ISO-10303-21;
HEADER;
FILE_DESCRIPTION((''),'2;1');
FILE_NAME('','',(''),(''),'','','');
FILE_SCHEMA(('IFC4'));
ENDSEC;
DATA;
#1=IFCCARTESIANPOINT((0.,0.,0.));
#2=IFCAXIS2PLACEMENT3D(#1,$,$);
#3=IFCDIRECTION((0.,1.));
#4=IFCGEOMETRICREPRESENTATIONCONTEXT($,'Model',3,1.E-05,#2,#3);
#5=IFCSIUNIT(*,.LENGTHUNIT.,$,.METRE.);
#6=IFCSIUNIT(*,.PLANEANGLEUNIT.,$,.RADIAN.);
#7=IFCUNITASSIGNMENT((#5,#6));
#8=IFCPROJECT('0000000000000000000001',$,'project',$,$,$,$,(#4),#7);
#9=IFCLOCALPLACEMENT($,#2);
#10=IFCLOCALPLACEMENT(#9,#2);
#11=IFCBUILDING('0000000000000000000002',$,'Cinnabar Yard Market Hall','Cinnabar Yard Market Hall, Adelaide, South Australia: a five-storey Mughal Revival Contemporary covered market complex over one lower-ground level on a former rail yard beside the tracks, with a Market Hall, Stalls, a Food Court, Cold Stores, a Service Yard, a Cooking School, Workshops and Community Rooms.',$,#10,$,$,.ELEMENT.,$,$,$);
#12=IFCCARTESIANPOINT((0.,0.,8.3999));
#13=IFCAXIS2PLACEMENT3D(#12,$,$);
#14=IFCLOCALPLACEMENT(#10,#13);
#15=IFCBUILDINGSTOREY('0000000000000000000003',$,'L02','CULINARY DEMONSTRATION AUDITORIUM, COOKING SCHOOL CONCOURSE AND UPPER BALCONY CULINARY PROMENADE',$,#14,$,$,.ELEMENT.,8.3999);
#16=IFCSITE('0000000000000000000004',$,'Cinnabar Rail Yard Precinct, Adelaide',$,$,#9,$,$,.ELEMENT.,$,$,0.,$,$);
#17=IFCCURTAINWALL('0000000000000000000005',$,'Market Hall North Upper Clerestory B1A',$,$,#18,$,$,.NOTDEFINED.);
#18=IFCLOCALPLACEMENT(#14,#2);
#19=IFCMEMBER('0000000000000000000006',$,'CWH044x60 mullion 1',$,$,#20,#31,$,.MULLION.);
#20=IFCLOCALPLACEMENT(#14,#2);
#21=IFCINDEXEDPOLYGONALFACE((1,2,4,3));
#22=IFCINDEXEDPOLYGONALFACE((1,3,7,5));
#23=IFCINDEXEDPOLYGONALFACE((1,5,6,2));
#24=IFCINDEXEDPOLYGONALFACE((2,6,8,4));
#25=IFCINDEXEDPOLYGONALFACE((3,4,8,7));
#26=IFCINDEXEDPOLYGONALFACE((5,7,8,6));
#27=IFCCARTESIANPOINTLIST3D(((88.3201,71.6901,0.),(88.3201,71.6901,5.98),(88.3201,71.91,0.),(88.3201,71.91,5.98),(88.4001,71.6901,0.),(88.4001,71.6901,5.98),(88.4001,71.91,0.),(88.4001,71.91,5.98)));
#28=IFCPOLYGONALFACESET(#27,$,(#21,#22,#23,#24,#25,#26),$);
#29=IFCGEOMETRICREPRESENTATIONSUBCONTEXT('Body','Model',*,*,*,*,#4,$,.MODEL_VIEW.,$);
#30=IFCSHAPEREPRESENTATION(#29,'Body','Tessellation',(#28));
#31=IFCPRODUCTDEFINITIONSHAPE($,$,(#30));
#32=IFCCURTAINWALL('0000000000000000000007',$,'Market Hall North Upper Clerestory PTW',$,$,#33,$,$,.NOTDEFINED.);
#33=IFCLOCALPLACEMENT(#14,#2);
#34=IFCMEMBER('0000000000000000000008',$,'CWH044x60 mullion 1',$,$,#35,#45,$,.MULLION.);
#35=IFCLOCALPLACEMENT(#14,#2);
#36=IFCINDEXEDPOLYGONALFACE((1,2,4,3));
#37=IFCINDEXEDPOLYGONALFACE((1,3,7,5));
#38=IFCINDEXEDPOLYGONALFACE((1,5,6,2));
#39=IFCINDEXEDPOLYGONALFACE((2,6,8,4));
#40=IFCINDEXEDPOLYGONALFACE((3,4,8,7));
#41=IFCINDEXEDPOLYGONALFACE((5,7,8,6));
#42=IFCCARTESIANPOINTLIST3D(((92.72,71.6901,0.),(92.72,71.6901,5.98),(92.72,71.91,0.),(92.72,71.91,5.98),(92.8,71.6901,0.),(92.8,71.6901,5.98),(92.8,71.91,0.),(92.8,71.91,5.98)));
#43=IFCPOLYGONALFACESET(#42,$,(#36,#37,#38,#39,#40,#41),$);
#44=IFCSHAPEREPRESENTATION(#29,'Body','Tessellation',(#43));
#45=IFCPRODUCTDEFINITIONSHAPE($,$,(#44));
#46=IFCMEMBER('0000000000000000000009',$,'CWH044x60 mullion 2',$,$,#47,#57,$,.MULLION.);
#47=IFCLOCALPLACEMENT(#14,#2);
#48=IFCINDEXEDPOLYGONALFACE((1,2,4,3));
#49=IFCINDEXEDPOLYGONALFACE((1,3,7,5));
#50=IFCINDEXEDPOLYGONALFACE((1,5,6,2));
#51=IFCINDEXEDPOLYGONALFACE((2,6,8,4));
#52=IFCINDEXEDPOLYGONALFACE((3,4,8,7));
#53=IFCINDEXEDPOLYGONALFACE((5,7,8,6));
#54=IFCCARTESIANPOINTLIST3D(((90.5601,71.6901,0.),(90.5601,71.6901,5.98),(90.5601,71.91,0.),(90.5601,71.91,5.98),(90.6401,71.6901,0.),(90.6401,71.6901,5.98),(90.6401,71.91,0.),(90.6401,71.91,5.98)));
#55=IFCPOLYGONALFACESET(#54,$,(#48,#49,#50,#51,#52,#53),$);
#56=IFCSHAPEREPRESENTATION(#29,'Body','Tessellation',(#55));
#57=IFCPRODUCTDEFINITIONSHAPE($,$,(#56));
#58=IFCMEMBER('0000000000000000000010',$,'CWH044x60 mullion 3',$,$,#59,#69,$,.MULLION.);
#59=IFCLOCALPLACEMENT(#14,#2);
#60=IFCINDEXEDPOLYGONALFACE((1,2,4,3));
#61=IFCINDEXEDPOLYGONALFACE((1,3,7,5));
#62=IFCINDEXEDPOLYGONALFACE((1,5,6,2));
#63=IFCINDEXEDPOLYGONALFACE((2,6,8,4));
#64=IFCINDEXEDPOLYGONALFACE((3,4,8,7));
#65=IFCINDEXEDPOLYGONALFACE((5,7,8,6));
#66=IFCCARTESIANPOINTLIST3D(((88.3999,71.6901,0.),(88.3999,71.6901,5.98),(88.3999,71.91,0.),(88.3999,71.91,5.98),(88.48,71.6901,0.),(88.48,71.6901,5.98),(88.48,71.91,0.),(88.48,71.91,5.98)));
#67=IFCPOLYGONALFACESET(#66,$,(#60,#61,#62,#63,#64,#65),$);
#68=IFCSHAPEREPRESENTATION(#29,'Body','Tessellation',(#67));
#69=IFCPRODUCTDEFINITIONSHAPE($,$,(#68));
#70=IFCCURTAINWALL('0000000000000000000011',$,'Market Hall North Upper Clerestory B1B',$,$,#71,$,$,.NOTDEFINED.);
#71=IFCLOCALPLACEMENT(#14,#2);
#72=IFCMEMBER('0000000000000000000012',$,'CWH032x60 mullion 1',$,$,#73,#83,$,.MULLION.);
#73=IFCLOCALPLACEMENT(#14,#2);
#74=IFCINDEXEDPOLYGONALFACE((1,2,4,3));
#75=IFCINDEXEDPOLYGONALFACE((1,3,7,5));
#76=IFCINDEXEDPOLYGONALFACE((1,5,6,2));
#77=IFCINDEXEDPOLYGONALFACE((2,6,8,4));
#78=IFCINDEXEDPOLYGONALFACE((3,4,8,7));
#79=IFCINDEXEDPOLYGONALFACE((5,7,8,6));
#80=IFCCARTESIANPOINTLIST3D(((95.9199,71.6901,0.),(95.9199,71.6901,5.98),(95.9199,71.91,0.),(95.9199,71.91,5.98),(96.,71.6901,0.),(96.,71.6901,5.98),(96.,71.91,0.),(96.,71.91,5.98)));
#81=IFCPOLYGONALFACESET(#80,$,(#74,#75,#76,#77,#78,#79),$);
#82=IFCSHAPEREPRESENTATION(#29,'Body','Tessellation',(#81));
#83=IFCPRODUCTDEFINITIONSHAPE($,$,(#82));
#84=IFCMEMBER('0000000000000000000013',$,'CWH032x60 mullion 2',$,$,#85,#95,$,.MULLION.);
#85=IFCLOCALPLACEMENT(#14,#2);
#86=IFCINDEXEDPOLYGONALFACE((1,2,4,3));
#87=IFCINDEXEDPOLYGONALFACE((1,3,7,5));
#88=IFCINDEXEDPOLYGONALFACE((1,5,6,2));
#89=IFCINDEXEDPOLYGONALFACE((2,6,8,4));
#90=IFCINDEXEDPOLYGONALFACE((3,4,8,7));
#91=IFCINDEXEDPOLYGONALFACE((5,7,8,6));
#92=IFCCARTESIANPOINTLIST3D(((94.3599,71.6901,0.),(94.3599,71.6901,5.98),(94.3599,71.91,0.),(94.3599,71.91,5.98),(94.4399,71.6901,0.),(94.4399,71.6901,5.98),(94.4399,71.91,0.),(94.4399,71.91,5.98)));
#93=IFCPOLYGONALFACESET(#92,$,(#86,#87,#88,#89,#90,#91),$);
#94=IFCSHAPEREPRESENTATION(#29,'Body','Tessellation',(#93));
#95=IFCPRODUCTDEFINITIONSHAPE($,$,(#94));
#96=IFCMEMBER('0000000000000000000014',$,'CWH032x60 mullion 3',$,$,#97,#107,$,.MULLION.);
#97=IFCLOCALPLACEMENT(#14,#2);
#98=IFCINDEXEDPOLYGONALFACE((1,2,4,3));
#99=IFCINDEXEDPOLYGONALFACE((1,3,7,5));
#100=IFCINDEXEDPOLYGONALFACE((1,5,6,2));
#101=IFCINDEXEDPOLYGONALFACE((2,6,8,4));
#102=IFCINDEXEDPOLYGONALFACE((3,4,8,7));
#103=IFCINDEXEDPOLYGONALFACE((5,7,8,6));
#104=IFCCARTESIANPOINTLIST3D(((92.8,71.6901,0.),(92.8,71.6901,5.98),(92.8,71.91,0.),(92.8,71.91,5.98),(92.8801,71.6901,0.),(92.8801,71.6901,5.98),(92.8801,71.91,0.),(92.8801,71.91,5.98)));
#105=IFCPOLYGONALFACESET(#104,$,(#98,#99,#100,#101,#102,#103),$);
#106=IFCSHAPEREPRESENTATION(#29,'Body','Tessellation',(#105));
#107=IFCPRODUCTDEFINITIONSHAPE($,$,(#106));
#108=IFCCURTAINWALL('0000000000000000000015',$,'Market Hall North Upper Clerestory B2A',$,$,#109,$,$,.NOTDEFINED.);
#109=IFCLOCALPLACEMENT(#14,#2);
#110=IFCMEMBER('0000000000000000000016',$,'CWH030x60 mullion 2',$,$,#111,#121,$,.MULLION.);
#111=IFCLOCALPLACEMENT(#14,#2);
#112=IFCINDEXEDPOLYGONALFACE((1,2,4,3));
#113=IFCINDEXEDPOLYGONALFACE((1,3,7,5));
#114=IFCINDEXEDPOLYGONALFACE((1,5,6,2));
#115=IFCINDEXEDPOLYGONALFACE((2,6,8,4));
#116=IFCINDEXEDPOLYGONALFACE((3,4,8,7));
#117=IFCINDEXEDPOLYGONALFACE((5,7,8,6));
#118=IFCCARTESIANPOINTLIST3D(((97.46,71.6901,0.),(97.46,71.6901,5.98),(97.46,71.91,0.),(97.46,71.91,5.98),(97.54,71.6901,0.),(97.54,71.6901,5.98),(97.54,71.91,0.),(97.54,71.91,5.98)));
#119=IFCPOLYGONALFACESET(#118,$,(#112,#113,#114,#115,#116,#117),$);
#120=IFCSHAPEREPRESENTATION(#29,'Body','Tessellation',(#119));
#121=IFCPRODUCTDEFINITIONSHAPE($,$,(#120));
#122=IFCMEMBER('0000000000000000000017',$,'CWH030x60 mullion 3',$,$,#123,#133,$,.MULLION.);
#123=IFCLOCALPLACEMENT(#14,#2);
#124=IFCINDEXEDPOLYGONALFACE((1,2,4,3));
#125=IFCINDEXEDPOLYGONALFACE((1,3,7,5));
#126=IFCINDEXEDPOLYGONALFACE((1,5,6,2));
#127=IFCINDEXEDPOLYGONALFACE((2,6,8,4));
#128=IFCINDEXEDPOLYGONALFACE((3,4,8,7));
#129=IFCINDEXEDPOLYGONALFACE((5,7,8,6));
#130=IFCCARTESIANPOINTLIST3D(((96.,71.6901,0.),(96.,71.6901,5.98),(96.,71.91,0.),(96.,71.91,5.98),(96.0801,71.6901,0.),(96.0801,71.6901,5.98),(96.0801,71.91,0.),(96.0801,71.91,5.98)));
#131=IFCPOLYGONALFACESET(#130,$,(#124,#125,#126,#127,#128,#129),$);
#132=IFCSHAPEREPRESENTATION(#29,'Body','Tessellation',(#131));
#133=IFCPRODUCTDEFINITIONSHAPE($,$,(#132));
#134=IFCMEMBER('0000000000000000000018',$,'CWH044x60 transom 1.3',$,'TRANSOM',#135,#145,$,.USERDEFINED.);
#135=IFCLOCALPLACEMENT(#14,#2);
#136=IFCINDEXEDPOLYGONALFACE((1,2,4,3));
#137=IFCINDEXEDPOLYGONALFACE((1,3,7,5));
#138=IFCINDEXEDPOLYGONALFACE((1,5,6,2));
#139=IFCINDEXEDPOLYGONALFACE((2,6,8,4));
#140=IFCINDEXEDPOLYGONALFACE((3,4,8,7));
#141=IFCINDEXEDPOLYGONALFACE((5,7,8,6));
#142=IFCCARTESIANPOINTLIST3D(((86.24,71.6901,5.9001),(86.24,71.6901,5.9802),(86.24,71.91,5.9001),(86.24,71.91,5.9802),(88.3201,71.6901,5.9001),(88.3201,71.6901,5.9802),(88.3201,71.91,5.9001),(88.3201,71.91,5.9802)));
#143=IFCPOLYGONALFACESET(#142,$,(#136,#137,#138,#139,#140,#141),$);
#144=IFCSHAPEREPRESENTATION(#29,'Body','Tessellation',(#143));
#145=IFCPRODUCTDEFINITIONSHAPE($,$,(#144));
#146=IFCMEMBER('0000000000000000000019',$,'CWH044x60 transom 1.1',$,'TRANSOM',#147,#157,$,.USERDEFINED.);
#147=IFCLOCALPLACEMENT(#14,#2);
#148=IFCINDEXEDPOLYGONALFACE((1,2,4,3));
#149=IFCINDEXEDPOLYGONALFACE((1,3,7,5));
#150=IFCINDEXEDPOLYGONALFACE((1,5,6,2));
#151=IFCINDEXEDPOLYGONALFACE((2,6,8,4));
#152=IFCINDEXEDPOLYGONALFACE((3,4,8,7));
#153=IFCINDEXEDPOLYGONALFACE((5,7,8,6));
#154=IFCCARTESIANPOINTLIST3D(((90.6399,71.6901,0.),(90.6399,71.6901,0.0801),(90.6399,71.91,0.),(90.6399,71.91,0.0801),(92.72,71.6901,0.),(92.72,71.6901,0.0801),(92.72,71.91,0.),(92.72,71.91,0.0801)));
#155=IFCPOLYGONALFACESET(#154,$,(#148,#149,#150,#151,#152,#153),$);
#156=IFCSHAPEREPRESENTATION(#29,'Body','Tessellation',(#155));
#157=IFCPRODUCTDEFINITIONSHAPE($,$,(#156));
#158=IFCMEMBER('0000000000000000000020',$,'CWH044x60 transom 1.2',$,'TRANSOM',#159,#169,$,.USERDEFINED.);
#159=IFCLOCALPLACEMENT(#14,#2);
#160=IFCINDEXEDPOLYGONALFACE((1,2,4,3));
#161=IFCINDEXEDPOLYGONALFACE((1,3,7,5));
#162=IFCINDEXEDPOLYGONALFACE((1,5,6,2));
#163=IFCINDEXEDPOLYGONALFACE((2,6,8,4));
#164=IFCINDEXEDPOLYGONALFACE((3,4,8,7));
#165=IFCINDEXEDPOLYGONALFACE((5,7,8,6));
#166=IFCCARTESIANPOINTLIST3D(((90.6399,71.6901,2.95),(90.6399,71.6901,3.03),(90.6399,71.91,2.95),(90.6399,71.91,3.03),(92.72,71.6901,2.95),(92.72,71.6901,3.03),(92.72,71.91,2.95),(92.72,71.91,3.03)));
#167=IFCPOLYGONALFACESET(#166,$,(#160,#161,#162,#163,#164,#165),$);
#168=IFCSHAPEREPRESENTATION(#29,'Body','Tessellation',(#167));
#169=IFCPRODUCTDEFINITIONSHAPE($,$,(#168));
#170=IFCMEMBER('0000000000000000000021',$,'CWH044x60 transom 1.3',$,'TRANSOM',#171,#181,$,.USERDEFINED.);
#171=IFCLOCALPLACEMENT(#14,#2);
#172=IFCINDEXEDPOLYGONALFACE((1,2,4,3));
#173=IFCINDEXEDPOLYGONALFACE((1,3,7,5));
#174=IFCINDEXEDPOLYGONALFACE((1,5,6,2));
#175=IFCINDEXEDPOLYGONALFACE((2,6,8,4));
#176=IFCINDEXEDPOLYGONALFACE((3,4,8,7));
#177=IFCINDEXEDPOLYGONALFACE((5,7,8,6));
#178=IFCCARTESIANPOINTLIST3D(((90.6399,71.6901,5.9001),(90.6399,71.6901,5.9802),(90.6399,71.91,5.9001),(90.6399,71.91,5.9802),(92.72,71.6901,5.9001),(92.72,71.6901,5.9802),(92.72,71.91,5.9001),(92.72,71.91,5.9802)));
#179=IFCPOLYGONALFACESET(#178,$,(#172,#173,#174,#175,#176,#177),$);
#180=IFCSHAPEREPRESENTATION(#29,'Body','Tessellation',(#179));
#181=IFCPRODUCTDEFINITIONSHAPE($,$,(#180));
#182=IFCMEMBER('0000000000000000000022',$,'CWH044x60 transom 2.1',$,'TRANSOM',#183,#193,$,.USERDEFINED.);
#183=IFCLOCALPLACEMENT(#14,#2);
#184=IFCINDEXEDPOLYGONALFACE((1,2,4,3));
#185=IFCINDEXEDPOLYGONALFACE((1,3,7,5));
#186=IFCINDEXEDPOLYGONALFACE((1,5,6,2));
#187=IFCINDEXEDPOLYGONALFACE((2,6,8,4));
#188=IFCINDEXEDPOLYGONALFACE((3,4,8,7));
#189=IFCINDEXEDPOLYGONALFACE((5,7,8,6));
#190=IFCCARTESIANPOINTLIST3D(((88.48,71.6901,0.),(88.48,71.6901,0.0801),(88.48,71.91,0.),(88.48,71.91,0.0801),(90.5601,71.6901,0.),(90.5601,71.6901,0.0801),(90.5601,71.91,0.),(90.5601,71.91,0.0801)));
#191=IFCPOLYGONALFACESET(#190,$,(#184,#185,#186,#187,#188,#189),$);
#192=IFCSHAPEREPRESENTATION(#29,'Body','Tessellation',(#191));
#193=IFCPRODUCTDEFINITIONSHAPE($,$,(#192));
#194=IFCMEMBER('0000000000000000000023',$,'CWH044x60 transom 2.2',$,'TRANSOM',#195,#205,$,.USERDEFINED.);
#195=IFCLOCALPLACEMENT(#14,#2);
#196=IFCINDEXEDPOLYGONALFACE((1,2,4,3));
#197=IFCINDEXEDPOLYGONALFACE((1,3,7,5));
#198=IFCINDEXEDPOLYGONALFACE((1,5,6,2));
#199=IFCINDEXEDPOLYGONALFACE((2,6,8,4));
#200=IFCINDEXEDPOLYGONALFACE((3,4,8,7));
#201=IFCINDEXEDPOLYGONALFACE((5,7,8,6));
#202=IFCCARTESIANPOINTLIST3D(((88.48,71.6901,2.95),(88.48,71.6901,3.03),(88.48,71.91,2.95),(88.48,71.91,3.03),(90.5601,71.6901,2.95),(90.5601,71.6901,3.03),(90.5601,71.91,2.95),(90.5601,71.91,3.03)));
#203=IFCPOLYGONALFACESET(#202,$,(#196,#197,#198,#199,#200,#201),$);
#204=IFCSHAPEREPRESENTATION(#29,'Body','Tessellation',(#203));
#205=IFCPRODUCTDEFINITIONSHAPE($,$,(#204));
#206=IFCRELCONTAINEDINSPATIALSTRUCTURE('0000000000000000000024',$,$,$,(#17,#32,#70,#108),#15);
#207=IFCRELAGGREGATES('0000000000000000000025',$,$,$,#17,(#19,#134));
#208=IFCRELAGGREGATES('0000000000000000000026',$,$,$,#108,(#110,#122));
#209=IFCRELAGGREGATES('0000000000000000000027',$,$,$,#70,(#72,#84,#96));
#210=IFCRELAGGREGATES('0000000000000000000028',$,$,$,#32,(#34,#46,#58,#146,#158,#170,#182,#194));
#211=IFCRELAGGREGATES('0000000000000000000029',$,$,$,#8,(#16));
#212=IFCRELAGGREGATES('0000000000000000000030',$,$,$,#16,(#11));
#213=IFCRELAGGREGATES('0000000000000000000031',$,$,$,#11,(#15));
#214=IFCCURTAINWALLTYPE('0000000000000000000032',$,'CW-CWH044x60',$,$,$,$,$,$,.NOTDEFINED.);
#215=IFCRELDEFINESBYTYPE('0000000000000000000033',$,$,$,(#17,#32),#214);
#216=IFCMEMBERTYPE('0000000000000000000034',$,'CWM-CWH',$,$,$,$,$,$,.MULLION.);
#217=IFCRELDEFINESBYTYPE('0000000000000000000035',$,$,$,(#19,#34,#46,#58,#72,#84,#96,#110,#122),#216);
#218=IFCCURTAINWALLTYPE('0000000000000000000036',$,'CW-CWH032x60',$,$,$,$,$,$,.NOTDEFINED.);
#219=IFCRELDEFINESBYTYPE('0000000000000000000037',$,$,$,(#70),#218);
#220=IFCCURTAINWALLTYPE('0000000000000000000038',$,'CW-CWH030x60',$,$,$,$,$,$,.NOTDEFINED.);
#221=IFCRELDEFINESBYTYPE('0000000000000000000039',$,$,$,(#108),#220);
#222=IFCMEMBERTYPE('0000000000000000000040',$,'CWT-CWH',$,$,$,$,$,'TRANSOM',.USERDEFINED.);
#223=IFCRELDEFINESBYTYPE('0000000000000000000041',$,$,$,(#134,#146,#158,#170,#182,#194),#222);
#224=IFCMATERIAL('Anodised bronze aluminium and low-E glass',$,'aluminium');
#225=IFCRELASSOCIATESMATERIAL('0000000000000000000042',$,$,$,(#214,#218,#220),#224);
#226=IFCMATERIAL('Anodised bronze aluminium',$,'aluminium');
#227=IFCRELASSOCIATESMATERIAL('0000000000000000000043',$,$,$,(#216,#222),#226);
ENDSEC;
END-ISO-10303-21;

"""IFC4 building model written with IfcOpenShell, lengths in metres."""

from ifc_helpers import new_model, si_unit, direction, frame, origin, origin_2d_with_axis, place, context, subcontext, project, spatial, rectangle, extrude, material, material_profile, profile_set, type_object, element, aggregate, save


model = new_model("IFC4")

# Units and contexts
model_context = context("Model", 3, precision=1e-05, world=origin(), true_north=direction((0.0, 1.0)))
body_context = subcontext(model_context, "Body", "Model", "MODEL_VIEW")
ifc_project = project(units=[si_unit("LENGTHUNIT", "METRE"), si_unit("PLANEANGLEUNIT", "RADIAN")], contexts=[model_context])

# Site, building, storey
site_placement = place(None, origin())
site = spatial("IfcSite", under=ifc_project, at=site_placement, Name="Cinnabar Rail Yard Precinct, Adelaide", CompositionType="ELEMENT", RefElevation=0.0)
building_placement = place(site_placement, origin())
building = spatial("IfcBuilding", under=site, at=building_placement, Name="Cinnabar Yard Market Hall", Description="Cinnabar Yard Market Hall, Adelaide, South Australia: a five-storey Mughal Revival Contemporary covered market complex over one lower-ground level on a former rail yard beside the tracks, with a Market Hall, Stalls, a Food Court, Cold Stores, a Service Yard, a Cooking School, Workshops and Community Rooms.", CompositionType="ELEMENT")
storey_placement = place(building_placement, frame((0.0, 0.0, 8.3999)))
storey = spatial("IfcBuildingStorey", under=building, at=storey_placement, Name="L02", Description="CULINARY DEMONSTRATION AUDITORIUM, COOKING SCHOOL CONCOURSE AND UPPER BALCONY CULINARY PROMENADE", CompositionType="ELEMENT", Elevation=8.3999)

# Curtain wall, member
ifc_material_1 = material(Name="Anodised bronze aluminium and low-E glass", Category="aluminium")
curtain_wall_type_1 = type_object("IfcCurtainWallType", Name="CW-CWH044x60", PredefinedType="NOTDEFINED", material=ifc_material_1)
curtain_wall_1_placement = place(storey_placement, origin())
curtain_wall_1 = element("IfcCurtainWall", 1, at=curtain_wall_1_placement, inside=storey, type_object=curtain_wall_type_1, Name="Market Hall North Upper Clerestory B1A", PredefinedType="NOTDEFINED")
ifc_material_2 = material(Name="Anodised bronze aluminium", Category="aluminium")
ifc_material_profile_1 = material_profile(ifc_material_2, rectangle(XDim=0.22, YDim=0.0801, at=origin_2d_with_axis()), Name="MUL-CWH")
ifc_profile_set_1 = profile_set([ifc_material_profile_1], Name="Anodised bronze aluminium")
member_type_1 = type_object("IfcMemberType", Name="CWM-CWH", PredefinedType="MULLION", material=ifc_profile_set_1)
member_1_placement = place(storey_placement, frame((88.3601, 71.8, 0.0), z_axis=(0.0, 0.0, 1.0), x_axis=(0.0, -1.0, 0.0)))
member_1 = element("IfcMember", 2, at=member_1_placement, type_object=member_type_1, Name="CWH044x60 mullion 1", PredefinedType="MULLION", context=body_context, shape_type="SweptSolid", body=[
    extrude(rectangle(XDim=0.22, YDim=0.0801, at=origin_2d_with_axis()), origin(), (0.0, 0.0, 1.0), 5.98),
])

# Curtain walls, members
curtain_wall_2_placement = place(storey_placement, origin())
curtain_wall_2 = element("IfcCurtainWall", 3, at=curtain_wall_2_placement, inside=storey, type_object=curtain_wall_type_1, Name="Market Hall North Upper Clerestory PTW", PredefinedType="NOTDEFINED")
member_2_placement = place(storey_placement, frame((92.76, 71.8, 0.0), z_axis=(0.0, 0.0, 1.0), x_axis=(0.0, -1.0, 0.0)))
member_2 = element("IfcMember", 4, at=member_2_placement, type_object=member_type_1, Name="CWH044x60 mullion 1", PredefinedType="MULLION", context=body_context, shape_type="SweptSolid", body=[
    extrude(rectangle(XDim=0.22, YDim=0.0801, at=origin_2d_with_axis()), origin(), (0.0, 0.0, 1.0), 5.98),
])
member_3_placement = place(storey_placement, frame((90.6001, 71.8, 0.0), z_axis=(0.0, 0.0, 1.0), x_axis=(0.0, -1.0, 0.0)))
member_3 = element("IfcMember", 5, at=member_3_placement, type_object=member_type_1, Name="CWH044x60 mullion 2", PredefinedType="MULLION", context=body_context, shape_type="SweptSolid", body=[
    extrude(rectangle(XDim=0.22, YDim=0.0801, at=origin_2d_with_axis()), origin(), (0.0, 0.0, 1.0), 5.98),
])
member_4_placement = place(storey_placement, frame((88.4399, 71.8, 0.0), z_axis=(0.0, 0.0, 1.0), x_axis=(0.0, -1.0, 0.0)))
member_4 = element("IfcMember", 6, at=member_4_placement, type_object=member_type_1, Name="CWH044x60 mullion 3", PredefinedType="MULLION", context=body_context, shape_type="SweptSolid", body=[
    extrude(rectangle(XDim=0.22, YDim=0.0801, at=origin_2d_with_axis()), origin(), (0.0, 0.0, 1.0), 5.98),
])
curtain_wall_type_2 = type_object("IfcCurtainWallType", Name="CW-CWH032x60", PredefinedType="NOTDEFINED", material=ifc_material_1)
curtain_wall_3_placement = place(storey_placement, origin())
curtain_wall_3 = element("IfcCurtainWall", 7, at=curtain_wall_3_placement, inside=storey, type_object=curtain_wall_type_2, Name="Market Hall North Upper Clerestory B1B", PredefinedType="NOTDEFINED")
member_5_placement = place(storey_placement, frame((95.96, 71.8, 0.0), z_axis=(0.0, 0.0, 1.0), x_axis=(0.0, -1.0, 0.0)))
member_5 = element("IfcMember", 8, at=member_5_placement, type_object=member_type_1, Name="CWH032x60 mullion 1", PredefinedType="MULLION", context=body_context, shape_type="SweptSolid", body=[
    extrude(rectangle(XDim=0.22, YDim=0.0801, at=origin_2d_with_axis()), origin(), (0.0, 0.0, 1.0), 5.98),
])
member_6_placement = place(storey_placement, frame((94.3999, 71.8, 0.0), z_axis=(0.0, 0.0, 1.0), x_axis=(0.0, -1.0, 0.0)))
member_6 = element("IfcMember", 9, at=member_6_placement, type_object=member_type_1, Name="CWH032x60 mullion 2", PredefinedType="MULLION", context=body_context, shape_type="SweptSolid", body=[
    extrude(rectangle(XDim=0.22, YDim=0.0801, at=origin_2d_with_axis()), origin(), (0.0, 0.0, 1.0), 5.98),
])
member_7_placement = place(storey_placement, frame((92.8401, 71.8, 0.0), z_axis=(0.0, 0.0, 1.0), x_axis=(0.0, -1.0, 0.0)))
member_7 = element("IfcMember", 10, at=member_7_placement, type_object=member_type_1, Name="CWH032x60 mullion 3", PredefinedType="MULLION", context=body_context, shape_type="SweptSolid", body=[
    extrude(rectangle(XDim=0.22, YDim=0.0801, at=origin_2d_with_axis()), origin(), (0.0, 0.0, 1.0), 5.98),
])
curtain_wall_type_3 = type_object("IfcCurtainWallType", Name="CW-CWH030x60", PredefinedType="NOTDEFINED", material=ifc_material_1)
curtain_wall_4_placement = place(storey_placement, origin())
curtain_wall_4 = element("IfcCurtainWall", 11, at=curtain_wall_4_placement, inside=storey, type_object=curtain_wall_type_3, Name="Market Hall North Upper Clerestory B2A", PredefinedType="NOTDEFINED")
member_8_placement = place(storey_placement, frame((97.5, 71.8, 0.0), z_axis=(0.0, 0.0, 1.0), x_axis=(0.0, -1.0, 0.0)))
member_8 = element("IfcMember", 12, at=member_8_placement, type_object=member_type_1, Name="CWH030x60 mullion 2", PredefinedType="MULLION", context=body_context, shape_type="SweptSolid", body=[
    extrude(rectangle(XDim=0.22, YDim=0.0801, at=origin_2d_with_axis()), origin(), (0.0, 0.0, 1.0), 5.98),
])
member_9_placement = place(storey_placement, frame((96.04, 71.8, 0.0), z_axis=(0.0, 0.0, 1.0), x_axis=(0.0, -1.0, 0.0)))
member_9 = element("IfcMember", 13, at=member_9_placement, type_object=member_type_1, Name="CWH030x60 mullion 3", PredefinedType="MULLION", context=body_context, shape_type="SweptSolid", body=[
    extrude(rectangle(XDim=0.22, YDim=0.0801, at=origin_2d_with_axis()), origin(), (0.0, 0.0, 1.0), 5.98),
])

# Members
ifc_material_profile_2 = material_profile(ifc_material_2, rectangle(XDim=0.22, YDim=0.0801, at=origin_2d_with_axis()), Name="TRN-CWH")
ifc_profile_set_2 = profile_set([ifc_material_profile_2], Name="Anodised bronze aluminium")
member_type_2 = type_object("IfcMemberType", Name="CWT-CWH", ElementType="TRANSOM", PredefinedType="USERDEFINED", material=ifc_profile_set_2)
member_10_placement = place(storey_placement, frame((88.3201, 71.8, 5.9402), z_axis=(-1.0, 0.0, 0.0), x_axis=(0.0, -1.0, 0.0)))
member_10 = element("IfcMember", 14, at=member_10_placement, type_object=member_type_2, Name="CWH044x60 transom 1.3", ObjectType="TRANSOM", PredefinedType="USERDEFINED", context=body_context, shape_type="SweptSolid", body=[
    extrude(rectangle(XDim=0.22, YDim=0.0801, at=origin_2d_with_axis()), origin(), (0.0, 0.0, 1.0), 2.0801),
])
aggregate(curtain_wall_1, [member_1, member_10])
member_11_placement = place(storey_placement, frame((92.72, 71.8, 0.04), z_axis=(-1.0, 0.0, 0.0), x_axis=(0.0, -1.0, 0.0)))
member_11 = element("IfcMember", 15, at=member_11_placement, type_object=member_type_2, Name="CWH044x60 transom 1.1", ObjectType="TRANSOM", PredefinedType="USERDEFINED", context=body_context, shape_type="SweptSolid", body=[
    extrude(rectangle(XDim=0.22, YDim=0.0801, at=origin_2d_with_axis()), origin(), (0.0, 0.0, 1.0), 2.0801),
])
member_12_placement = place(storey_placement, frame((92.72, 71.8, 2.99), z_axis=(-1.0, 0.0, 0.0), x_axis=(0.0, -1.0, 0.0)))
member_12 = element("IfcMember", 16, at=member_12_placement, type_object=member_type_2, Name="CWH044x60 transom 1.2", ObjectType="TRANSOM", PredefinedType="USERDEFINED", context=body_context, shape_type="SweptSolid", body=[
    extrude(rectangle(XDim=0.22, YDim=0.0801, at=origin_2d_with_axis()), origin(), (0.0, 0.0, 1.0), 2.0801),
])
member_13_placement = place(storey_placement, frame((92.72, 71.8, 5.9402), z_axis=(-1.0, 0.0, 0.0), x_axis=(0.0, -1.0, 0.0)))
member_13 = element("IfcMember", 17, at=member_13_placement, type_object=member_type_2, Name="CWH044x60 transom 1.3", ObjectType="TRANSOM", PredefinedType="USERDEFINED", context=body_context, shape_type="SweptSolid", body=[
    extrude(rectangle(XDim=0.22, YDim=0.0801, at=origin_2d_with_axis()), origin(), (0.0, 0.0, 1.0), 2.0801),
])
member_14_placement = place(storey_placement, frame((90.5601, 71.8, 0.04), z_axis=(-1.0, 0.0, 0.0), x_axis=(0.0, -1.0, 0.0)))
member_14 = element("IfcMember", 18, at=member_14_placement, type_object=member_type_2, Name="CWH044x60 transom 2.1", ObjectType="TRANSOM", PredefinedType="USERDEFINED", context=body_context, shape_type="SweptSolid", body=[
    extrude(rectangle(XDim=0.22, YDim=0.0801, at=origin_2d_with_axis()), origin(), (0.0, 0.0, 1.0), 2.0801),
])
member_15_placement = place(storey_placement, frame((90.5601, 71.8, 2.99), z_axis=(-1.0, 0.0, 0.0), x_axis=(0.0, -1.0, 0.0)))
member_15 = element("IfcMember", 19, at=member_15_placement, type_object=member_type_2, Name="CWH044x60 transom 2.2", ObjectType="TRANSOM", PredefinedType="USERDEFINED", context=body_context, shape_type="SweptSolid", body=[
    extrude(rectangle(XDim=0.22, YDim=0.0801, at=origin_2d_with_axis()), origin(), (0.0, 0.0, 1.0), 2.0801),
])

aggregate(curtain_wall_4, [member_8, member_9])
aggregate(curtain_wall_3, [member_5, member_6, member_7])
aggregate(curtain_wall_2, [member_2, member_3, member_4, member_11, member_12, member_13, member_14, member_15])

save(model, "model.ifc")
